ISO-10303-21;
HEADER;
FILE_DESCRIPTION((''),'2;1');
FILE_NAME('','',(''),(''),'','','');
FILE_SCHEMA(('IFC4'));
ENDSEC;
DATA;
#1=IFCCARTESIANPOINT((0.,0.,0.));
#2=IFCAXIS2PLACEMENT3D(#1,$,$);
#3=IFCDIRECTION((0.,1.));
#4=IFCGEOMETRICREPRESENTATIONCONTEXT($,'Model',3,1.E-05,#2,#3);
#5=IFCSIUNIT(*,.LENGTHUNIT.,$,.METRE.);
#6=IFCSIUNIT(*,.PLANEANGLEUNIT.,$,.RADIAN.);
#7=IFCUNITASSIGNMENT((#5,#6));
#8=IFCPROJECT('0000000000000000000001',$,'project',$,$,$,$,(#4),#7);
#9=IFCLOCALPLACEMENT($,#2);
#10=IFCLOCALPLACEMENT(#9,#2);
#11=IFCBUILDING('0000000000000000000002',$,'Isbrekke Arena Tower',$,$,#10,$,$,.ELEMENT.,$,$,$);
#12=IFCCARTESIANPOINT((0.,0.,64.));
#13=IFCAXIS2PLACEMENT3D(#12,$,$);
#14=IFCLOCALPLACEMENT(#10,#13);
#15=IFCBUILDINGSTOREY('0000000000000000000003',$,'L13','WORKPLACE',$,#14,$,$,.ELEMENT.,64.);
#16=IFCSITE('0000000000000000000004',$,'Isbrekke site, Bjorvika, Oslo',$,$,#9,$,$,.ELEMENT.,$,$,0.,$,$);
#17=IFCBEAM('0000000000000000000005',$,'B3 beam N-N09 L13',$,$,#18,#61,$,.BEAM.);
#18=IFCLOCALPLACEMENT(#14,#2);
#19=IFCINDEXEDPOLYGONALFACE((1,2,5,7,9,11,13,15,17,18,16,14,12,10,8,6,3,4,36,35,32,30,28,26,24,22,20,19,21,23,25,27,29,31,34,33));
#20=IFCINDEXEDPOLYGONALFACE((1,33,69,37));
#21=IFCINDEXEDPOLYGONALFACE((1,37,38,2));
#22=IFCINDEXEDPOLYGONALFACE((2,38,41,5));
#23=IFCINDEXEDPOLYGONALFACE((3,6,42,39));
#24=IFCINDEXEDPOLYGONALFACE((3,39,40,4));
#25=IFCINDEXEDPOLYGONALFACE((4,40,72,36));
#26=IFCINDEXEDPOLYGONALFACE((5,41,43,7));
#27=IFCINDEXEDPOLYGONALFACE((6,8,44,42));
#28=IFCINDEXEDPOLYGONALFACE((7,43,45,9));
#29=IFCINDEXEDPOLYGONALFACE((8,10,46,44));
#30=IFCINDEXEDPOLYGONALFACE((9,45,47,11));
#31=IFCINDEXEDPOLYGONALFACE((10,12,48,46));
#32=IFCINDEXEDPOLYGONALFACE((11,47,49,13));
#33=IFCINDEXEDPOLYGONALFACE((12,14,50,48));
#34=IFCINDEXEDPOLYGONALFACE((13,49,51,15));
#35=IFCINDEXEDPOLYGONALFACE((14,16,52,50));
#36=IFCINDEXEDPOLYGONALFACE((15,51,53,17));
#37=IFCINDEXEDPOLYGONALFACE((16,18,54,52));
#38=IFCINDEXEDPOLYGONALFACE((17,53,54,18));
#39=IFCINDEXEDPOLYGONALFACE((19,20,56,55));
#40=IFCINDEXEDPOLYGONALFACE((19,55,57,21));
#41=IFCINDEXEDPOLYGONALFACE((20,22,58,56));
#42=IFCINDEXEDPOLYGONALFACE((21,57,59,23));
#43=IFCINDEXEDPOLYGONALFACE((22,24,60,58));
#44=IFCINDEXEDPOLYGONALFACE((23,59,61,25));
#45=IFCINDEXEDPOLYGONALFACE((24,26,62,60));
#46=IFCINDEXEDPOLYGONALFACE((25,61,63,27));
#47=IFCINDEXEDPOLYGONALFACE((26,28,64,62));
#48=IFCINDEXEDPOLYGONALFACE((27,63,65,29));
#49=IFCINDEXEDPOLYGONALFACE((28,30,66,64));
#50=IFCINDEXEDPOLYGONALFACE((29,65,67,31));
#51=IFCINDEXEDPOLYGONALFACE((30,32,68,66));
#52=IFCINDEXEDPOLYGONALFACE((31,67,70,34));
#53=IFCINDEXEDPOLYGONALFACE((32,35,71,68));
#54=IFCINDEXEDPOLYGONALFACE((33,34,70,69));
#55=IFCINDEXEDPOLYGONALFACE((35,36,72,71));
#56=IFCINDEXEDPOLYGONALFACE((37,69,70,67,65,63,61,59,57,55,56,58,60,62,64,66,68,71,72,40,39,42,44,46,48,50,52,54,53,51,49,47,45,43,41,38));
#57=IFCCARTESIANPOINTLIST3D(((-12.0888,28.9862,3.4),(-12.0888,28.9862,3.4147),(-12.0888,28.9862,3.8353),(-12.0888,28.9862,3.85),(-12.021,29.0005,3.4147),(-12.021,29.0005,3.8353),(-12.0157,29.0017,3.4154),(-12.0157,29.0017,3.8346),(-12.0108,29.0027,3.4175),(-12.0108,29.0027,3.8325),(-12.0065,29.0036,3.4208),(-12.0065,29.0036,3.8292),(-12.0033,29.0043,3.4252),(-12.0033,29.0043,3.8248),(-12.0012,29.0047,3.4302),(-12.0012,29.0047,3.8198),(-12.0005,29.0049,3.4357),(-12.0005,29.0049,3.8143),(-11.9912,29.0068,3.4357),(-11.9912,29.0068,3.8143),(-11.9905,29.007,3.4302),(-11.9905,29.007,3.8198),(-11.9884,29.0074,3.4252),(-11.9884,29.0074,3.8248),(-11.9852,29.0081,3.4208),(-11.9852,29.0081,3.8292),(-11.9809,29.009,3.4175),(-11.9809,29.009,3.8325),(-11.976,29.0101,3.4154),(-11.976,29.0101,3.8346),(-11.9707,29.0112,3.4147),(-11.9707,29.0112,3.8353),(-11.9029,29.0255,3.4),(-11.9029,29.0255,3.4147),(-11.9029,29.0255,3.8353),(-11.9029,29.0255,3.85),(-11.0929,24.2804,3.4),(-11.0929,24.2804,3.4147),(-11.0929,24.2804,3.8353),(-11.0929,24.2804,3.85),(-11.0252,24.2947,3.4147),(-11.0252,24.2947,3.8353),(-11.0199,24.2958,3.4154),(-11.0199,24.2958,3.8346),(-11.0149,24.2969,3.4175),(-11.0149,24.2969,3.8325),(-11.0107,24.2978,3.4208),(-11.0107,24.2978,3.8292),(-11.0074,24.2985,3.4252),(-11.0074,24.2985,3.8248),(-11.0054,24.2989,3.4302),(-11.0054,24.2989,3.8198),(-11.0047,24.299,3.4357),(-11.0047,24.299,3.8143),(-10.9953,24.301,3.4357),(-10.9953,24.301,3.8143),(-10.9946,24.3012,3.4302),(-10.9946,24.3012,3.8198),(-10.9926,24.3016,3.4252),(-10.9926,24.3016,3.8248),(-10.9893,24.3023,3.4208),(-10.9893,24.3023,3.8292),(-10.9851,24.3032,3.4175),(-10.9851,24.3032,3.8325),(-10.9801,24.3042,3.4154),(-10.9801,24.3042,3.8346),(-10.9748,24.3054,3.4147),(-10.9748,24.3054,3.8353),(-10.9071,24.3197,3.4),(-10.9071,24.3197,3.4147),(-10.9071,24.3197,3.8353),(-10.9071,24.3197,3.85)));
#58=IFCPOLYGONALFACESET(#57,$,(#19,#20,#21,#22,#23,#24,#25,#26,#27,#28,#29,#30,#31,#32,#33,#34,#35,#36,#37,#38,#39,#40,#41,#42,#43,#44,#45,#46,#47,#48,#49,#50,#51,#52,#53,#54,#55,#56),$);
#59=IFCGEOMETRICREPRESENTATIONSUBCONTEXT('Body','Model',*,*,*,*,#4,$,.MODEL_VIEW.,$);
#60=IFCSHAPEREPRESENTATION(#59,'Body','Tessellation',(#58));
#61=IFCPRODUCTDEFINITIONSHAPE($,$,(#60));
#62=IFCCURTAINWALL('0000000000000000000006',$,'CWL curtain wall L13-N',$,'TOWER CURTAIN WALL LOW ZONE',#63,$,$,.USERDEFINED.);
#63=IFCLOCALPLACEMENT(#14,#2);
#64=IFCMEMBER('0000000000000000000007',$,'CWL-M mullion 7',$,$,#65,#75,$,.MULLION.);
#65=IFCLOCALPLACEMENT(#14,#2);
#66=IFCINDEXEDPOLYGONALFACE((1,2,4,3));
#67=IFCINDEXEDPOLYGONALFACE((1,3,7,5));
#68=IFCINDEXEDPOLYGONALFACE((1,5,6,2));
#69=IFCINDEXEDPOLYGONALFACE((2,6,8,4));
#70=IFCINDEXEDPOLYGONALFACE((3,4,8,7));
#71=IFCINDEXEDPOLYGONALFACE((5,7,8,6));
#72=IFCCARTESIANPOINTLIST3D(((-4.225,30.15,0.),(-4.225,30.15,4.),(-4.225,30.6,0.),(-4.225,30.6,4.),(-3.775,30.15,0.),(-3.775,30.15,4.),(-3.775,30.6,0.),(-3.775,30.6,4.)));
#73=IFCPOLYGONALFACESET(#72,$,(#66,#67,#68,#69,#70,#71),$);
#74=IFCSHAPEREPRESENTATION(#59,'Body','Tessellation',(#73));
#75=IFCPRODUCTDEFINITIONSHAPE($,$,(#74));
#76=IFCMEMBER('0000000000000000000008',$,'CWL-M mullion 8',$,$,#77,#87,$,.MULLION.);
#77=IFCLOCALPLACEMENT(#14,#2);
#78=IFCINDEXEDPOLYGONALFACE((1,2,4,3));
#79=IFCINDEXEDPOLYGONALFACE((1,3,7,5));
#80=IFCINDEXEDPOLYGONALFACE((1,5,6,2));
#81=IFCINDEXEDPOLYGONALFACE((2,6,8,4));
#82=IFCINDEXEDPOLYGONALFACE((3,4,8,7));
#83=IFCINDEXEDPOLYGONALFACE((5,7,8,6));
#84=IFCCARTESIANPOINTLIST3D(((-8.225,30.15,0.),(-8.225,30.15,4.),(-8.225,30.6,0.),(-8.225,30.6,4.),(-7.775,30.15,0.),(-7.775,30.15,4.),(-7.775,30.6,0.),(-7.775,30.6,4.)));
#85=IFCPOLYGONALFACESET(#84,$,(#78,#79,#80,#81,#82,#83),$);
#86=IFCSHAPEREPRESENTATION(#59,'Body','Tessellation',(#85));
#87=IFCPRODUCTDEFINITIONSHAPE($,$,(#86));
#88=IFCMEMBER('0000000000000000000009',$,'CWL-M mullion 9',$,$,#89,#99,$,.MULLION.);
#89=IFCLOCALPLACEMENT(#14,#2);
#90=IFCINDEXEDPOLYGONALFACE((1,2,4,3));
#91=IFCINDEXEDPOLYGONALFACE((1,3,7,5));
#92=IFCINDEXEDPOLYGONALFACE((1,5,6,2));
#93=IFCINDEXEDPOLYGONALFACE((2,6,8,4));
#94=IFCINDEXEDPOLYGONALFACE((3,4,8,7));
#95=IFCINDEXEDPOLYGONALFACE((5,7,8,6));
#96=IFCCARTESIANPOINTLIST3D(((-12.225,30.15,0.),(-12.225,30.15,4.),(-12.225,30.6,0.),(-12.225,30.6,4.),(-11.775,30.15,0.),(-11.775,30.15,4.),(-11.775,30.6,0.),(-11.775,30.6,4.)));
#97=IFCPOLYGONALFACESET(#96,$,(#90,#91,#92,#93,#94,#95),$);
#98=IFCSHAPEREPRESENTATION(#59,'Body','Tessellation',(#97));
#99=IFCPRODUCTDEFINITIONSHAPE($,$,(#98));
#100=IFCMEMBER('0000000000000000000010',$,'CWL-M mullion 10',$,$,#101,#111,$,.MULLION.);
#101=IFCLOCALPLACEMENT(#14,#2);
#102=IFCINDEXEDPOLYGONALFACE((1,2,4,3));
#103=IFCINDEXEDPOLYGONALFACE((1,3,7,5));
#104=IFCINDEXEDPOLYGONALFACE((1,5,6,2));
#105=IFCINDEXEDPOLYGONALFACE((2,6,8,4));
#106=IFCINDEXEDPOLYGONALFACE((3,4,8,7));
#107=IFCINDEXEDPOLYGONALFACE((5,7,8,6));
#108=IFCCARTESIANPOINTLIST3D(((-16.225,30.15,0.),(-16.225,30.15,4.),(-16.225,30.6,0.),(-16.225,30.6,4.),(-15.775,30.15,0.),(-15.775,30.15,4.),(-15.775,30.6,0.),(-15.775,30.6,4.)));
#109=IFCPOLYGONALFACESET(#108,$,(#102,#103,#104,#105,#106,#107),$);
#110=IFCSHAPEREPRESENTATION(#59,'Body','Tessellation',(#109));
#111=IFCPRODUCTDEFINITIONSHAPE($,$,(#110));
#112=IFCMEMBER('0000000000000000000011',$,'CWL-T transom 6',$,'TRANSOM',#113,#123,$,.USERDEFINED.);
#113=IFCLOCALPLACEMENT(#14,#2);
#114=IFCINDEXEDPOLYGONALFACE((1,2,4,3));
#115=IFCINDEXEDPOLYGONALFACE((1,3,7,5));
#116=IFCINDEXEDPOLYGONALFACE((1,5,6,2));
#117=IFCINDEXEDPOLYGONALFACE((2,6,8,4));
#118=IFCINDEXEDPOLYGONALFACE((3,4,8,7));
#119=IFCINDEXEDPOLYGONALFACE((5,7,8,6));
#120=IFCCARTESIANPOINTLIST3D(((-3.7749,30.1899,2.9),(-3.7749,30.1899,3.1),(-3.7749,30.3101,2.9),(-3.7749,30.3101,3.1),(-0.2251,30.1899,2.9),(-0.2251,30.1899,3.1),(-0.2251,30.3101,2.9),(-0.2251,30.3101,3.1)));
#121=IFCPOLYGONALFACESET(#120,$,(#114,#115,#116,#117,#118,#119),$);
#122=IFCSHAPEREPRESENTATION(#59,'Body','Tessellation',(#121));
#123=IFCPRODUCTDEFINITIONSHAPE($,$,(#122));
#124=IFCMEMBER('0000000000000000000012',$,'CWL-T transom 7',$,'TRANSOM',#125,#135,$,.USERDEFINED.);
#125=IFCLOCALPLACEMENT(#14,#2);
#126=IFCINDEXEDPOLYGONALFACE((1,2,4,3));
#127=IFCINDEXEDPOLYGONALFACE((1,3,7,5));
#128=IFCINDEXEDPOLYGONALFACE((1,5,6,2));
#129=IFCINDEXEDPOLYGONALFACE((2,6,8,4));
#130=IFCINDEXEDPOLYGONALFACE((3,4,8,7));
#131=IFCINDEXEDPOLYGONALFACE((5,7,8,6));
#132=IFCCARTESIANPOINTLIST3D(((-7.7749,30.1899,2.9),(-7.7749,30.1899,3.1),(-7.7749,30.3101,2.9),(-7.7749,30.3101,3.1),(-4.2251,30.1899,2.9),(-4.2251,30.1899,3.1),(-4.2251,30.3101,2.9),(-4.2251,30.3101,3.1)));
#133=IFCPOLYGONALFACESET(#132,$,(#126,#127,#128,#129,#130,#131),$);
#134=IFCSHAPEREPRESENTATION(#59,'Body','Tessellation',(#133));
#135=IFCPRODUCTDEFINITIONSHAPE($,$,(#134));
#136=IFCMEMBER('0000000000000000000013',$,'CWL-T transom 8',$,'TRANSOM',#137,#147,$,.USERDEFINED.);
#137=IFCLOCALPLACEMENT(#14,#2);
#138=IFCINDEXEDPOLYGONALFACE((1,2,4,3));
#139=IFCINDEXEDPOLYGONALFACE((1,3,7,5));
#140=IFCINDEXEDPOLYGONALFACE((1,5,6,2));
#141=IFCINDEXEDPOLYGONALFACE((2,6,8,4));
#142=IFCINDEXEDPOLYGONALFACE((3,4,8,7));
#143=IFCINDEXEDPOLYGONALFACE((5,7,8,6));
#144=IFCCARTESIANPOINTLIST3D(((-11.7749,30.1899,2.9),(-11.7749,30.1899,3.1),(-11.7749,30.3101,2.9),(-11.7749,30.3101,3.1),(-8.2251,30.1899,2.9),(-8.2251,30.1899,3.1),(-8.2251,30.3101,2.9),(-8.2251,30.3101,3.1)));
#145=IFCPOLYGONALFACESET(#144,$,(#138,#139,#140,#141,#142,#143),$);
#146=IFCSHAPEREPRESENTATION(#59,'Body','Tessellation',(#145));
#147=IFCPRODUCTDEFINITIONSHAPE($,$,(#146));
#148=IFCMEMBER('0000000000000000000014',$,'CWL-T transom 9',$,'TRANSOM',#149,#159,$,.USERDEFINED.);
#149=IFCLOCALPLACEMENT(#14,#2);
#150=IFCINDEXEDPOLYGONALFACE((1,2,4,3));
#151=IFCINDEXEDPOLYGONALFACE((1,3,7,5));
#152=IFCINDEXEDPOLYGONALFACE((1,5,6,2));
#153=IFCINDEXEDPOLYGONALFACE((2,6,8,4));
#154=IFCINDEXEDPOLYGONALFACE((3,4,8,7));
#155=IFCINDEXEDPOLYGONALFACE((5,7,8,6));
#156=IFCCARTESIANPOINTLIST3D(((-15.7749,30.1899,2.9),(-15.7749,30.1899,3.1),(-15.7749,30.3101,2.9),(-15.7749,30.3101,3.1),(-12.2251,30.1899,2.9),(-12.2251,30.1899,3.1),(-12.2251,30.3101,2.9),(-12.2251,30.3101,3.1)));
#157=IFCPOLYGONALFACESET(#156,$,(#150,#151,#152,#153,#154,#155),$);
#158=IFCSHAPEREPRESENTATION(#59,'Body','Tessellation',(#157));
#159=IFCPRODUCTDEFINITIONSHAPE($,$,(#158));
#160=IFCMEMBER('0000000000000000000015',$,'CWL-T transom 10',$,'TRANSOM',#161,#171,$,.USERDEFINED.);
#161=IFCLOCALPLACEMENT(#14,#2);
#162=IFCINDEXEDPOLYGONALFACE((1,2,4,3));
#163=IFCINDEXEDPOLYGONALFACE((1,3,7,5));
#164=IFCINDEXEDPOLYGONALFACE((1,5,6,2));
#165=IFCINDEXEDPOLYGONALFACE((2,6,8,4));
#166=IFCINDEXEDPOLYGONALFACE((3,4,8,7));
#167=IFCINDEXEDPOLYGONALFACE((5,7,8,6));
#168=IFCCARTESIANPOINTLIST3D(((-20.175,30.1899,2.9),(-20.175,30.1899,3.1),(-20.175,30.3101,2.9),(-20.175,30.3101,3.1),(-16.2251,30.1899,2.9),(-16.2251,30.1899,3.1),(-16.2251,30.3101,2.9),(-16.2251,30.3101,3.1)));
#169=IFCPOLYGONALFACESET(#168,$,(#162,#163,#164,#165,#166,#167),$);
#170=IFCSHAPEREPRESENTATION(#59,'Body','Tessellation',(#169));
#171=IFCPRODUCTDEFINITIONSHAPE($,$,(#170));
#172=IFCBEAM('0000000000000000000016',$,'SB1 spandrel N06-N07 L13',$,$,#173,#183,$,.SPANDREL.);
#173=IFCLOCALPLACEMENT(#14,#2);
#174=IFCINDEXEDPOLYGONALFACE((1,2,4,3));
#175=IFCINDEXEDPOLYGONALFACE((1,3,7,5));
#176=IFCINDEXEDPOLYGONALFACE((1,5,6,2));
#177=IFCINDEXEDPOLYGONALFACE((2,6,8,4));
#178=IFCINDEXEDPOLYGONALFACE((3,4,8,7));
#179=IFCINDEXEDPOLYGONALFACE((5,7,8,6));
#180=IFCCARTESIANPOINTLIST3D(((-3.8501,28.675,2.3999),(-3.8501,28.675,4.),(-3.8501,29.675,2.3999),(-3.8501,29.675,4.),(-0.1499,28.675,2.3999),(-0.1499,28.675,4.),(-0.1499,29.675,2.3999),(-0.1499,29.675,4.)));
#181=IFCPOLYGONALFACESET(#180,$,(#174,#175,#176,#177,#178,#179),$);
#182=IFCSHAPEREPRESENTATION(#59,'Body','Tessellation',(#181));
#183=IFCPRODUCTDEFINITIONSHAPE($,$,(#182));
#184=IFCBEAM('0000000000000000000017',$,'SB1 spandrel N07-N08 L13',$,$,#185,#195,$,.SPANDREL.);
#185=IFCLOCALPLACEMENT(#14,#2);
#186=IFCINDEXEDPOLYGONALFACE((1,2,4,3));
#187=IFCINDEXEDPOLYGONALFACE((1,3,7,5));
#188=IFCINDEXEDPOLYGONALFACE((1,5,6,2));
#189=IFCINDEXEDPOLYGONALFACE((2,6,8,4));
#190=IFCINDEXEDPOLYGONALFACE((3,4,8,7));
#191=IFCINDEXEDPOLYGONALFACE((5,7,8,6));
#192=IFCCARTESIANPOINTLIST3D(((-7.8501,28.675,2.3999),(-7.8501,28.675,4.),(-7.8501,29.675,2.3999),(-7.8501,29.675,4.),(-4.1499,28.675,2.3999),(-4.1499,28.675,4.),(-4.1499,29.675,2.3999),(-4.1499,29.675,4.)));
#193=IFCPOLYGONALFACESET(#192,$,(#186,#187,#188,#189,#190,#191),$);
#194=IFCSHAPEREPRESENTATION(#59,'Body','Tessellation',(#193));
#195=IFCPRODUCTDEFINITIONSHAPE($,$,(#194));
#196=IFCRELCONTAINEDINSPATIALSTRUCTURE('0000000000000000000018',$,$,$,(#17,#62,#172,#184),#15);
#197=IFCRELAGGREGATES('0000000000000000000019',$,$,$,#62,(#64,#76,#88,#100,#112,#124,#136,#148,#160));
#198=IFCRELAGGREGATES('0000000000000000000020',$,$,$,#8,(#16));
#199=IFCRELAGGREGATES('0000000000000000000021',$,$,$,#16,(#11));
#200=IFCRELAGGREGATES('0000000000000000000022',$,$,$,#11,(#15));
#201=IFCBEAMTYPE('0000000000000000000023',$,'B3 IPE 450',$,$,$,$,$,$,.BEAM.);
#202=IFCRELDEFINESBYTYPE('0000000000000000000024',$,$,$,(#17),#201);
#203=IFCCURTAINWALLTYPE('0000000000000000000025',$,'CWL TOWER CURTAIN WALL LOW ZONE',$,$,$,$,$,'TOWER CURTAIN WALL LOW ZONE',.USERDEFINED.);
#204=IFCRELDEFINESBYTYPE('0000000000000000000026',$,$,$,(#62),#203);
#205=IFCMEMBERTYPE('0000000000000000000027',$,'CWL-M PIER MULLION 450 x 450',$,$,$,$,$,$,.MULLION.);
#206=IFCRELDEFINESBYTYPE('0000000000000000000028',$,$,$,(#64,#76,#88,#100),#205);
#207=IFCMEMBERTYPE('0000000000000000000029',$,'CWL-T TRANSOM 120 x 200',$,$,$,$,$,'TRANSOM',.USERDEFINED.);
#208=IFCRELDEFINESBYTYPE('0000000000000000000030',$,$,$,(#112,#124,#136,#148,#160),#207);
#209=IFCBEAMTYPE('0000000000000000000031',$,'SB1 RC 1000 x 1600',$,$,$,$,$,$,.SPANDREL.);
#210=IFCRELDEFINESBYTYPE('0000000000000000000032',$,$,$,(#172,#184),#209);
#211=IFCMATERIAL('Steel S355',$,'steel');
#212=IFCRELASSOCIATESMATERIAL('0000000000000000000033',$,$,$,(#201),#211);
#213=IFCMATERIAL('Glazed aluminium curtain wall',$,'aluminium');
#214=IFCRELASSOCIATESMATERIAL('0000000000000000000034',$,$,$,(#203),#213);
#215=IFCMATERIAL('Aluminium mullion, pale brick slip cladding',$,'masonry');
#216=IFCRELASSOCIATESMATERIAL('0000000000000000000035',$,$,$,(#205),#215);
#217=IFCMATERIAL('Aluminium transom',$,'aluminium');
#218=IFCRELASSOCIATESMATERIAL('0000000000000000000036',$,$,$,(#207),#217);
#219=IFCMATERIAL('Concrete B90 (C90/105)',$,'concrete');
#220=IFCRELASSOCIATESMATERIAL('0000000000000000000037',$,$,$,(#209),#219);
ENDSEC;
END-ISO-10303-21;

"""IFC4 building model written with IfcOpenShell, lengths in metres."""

from ifc_helpers import new_model, si_unit, direction, frame, origin, origin_2d, place, context, subcontext, project, spatial, rectangle, i_section, extrude, material, material_profile, profile_set, type_object, element, aggregate, save


model = new_model("IFC4")

# Units and contexts
model_context = context("Model", 3, precision=1e-05, world=origin(), true_north=direction((0.0, 1.0)))
body_context = subcontext(model_context, "Body", "Model", "MODEL_VIEW")
ifc_project = project(units=[si_unit("LENGTHUNIT", "METRE"), si_unit("PLANEANGLEUNIT", "RADIAN")], contexts=[model_context])

# Site, building, storey
site_placement = place(None, origin())
site = spatial("IfcSite", under=ifc_project, at=site_placement, Name="Isbrekke site, Bjorvika, Oslo", CompositionType="ELEMENT", RefElevation=0.0)
building_placement = place(site_placement, origin())
building = spatial("IfcBuilding", under=site, at=building_placement, Name="Isbrekke Arena Tower", CompositionType="ELEMENT")
storey_placement = place(building_placement, frame((0.0, 0.0, 64.0)))
storey = spatial("IfcBuildingStorey", under=building, at=storey_placement, Name="L13", Description="WORKPLACE", CompositionType="ELEMENT", Elevation=64.0)

# Beam
ifc_material_1 = material(Name="Steel S355", Category="steel")
ifc_material_profile_1 = material_profile(ifc_material_1, i_section(OverallWidth=0.1899, OverallDepth=0.45, WebThickness=0.0095, FlangeThickness=0.0146, FilletRadius=0.021, at=origin_2d()), Name="IPE 450")
ifc_profile_set_1 = profile_set([ifc_material_profile_1], Name="Steel S355")
beam_type_1 = type_object("IfcBeamType", Name="B3 IPE 450", PredefinedType="BEAM", material=ifc_profile_set_1)
beam_1_placement = place(storey_placement, frame((-11.9958, 29.0059, 3.625), z_axis=(0.207036, -0.978333, 0.0), x_axis=(0.978333, 0.207036, 0.0)))
element("IfcBeam", 1, at=beam_1_placement, inside=storey, type_object=beam_type_1, Name="B3 beam N-N09 L13", PredefinedType="BEAM", context=body_context, shape_type="SweptSolid", body=[
    extrude(i_section(OverallWidth=0.1899, OverallDepth=0.45, WebThickness=0.0095, FlangeThickness=0.0146, FilletRadius=0.021, at=origin_2d()), origin(), (0.0, 0.0, 1.0), 4.8101),
])

# Curtain wall, members
ifc_material_2 = material(Name="Glazed aluminium curtain wall", Category="aluminium")
curtain_wall_type = type_object("IfcCurtainWallType", Name="CWL TOWER CURTAIN WALL LOW ZONE", ElementType="TOWER CURTAIN WALL LOW ZONE", PredefinedType="USERDEFINED", material=ifc_material_2)
curtain_wall_placement = place(storey_placement, origin())
curtain_wall = element("IfcCurtainWall", 2, at=curtain_wall_placement, inside=storey, type_object=curtain_wall_type, Name="CWL curtain wall L13-N", ObjectType="TOWER CURTAIN WALL LOW ZONE", PredefinedType="USERDEFINED")
ifc_material_3 = material(Name="Aluminium mullion, pale brick slip cladding", Category="masonry")
ifc_material_profile_2 = material_profile(ifc_material_3, rectangle(XDim=0.45, YDim=0.45, at=origin_2d()), Name="PIER 450X450")
ifc_profile_set_2 = profile_set([ifc_material_profile_2], Name="Aluminium mullion, pale brick slip cladding")
member_type_1 = type_object("IfcMemberType", Name="CWL-M PIER MULLION 450 x 450", PredefinedType="MULLION", material=ifc_profile_set_2)
member_1_placement = place(storey_placement, frame((-4.0, 30.375, 0.0), z_axis=(0.0, 0.0, 1.0), x_axis=(-1.0, 0.0, 0.0)))
member_1 = element("IfcMember", 3, at=member_1_placement, type_object=member_type_1, Name="CWL-M mullion 7", PredefinedType="MULLION", context=body_context, shape_type="SweptSolid", body=[
    extrude(rectangle(XDim=0.45, YDim=0.45, at=origin_2d()), origin(), (0.0, 0.0, 1.0), 4.0),
])
member_2_placement = place(storey_placement, frame((-8.0, 30.375, 0.0), z_axis=(0.0, 0.0, 1.0), x_axis=(-1.0, 0.0, 0.0)))
member_2 = element("IfcMember", 4, at=member_2_placement, type_object=member_type_1, Name="CWL-M mullion 8", PredefinedType="MULLION", context=body_context, shape_type="SweptSolid", body=[
    extrude(rectangle(XDim=0.45, YDim=0.45, at=origin_2d()), origin(), (0.0, 0.0, 1.0), 4.0),
])
member_3_placement = place(storey_placement, frame((-12.0, 30.375, 0.0), z_axis=(0.0, 0.0, 1.0), x_axis=(-1.0, 0.0, 0.0)))
member_3 = element("IfcMember", 5, at=member_3_placement, type_object=member_type_1, Name="CWL-M mullion 9", PredefinedType="MULLION", context=body_context, shape_type="SweptSolid", body=[
    extrude(rectangle(XDim=0.45, YDim=0.45, at=origin_2d()), origin(), (0.0, 0.0, 1.0), 4.0),
])
member_4_placement = place(storey_placement, frame((-16.0, 30.375, 0.0), z_axis=(0.0, 0.0, 1.0), x_axis=(-1.0, 0.0, 0.0)))
member_4 = element("IfcMember", 6, at=member_4_placement, type_object=member_type_1, Name="CWL-M mullion 10", PredefinedType="MULLION", context=body_context, shape_type="SweptSolid", body=[
    extrude(rectangle(XDim=0.45, YDim=0.45, at=origin_2d()), origin(), (0.0, 0.0, 1.0), 4.0),
])
ifc_material_4 = material(Name="Aluminium transom", Category="aluminium")
ifc_material_profile_3 = material_profile(ifc_material_4, rectangle(XDim=0.1201, YDim=0.2, at=origin_2d()), Name="TRANSOM 120X200")
ifc_profile_set_3 = profile_set([ifc_material_profile_3], Name="Aluminium transom")
member_type_2 = type_object("IfcMemberType", Name="CWL-T TRANSOM 120 x 200", ElementType="TRANSOM", PredefinedType="USERDEFINED", material=ifc_profile_set_3)
member_5_placement = place(storey_placement, frame((-0.2251, 30.25, 3.0), z_axis=(-1.0, 0.0, 0.0), x_axis=(0.0, -1.0, 0.0)))
member_5 = element("IfcMember", 7, at=member_5_placement, type_object=member_type_2, Name="CWL-T transom 6", ObjectType="TRANSOM", PredefinedType="USERDEFINED", context=body_context, shape_type="SweptSolid", body=[
    extrude(rectangle(XDim=0.1201, YDim=0.2, at=origin_2d()), origin(), (0.0, 0.0, 1.0), 3.5498),
])
member_6_placement = place(storey_placement, frame((-4.2251, 30.25, 3.0), z_axis=(-1.0, 0.0, 0.0), x_axis=(0.0, -1.0, 0.0)))
member_6 = element("IfcMember", 8, at=member_6_placement, type_object=member_type_2, Name="CWL-T transom 7", ObjectType="TRANSOM", PredefinedType="USERDEFINED", context=body_context, shape_type="SweptSolid", body=[
    extrude(rectangle(XDim=0.1201, YDim=0.2, at=origin_2d()), origin(), (0.0, 0.0, 1.0), 3.5498),
])
member_7_placement = place(storey_placement, frame((-8.2251, 30.25, 3.0), z_axis=(-1.0, 0.0, 0.0), x_axis=(0.0, -1.0, 0.0)))
member_7 = element("IfcMember", 9, at=member_7_placement, type_object=member_type_2, Name="CWL-T transom 8", ObjectType="TRANSOM", PredefinedType="USERDEFINED", context=body_context, shape_type="SweptSolid", body=[
    extrude(rectangle(XDim=0.1201, YDim=0.2, at=origin_2d()), origin(), (0.0, 0.0, 1.0), 3.5498),
])
member_8_placement = place(storey_placement, frame((-12.2251, 30.25, 3.0), z_axis=(-1.0, 0.0, 0.0), x_axis=(0.0, -1.0, 0.0)))
member_8 = element("IfcMember", 10, at=member_8_placement, type_object=member_type_2, Name="CWL-T transom 9", ObjectType="TRANSOM", PredefinedType="USERDEFINED", context=body_context, shape_type="SweptSolid", body=[
    extrude(rectangle(XDim=0.1201, YDim=0.2, at=origin_2d()), origin(), (0.0, 0.0, 1.0), 3.5498),
])
member_9_placement = place(storey_placement, frame((-16.2251, 30.25, 3.0), z_axis=(-1.0, 0.0, 0.0), x_axis=(0.0, -1.0, 0.0)))
member_9 = element("IfcMember", 11, at=member_9_placement, type_object=member_type_2, Name="CWL-T transom 10", ObjectType="TRANSOM", PredefinedType="USERDEFINED", context=body_context, shape_type="SweptSolid", body=[
    extrude(rectangle(XDim=0.1201, YDim=0.2, at=origin_2d()), origin(), (0.0, 0.0, 1.0), 3.95),
])

# Beams
ifc_material_5 = material(Name="Concrete B90 (C90/105)", Category="concrete")
ifc_material_profile_4 = material_profile(ifc_material_5, rectangle(XDim=1.0, YDim=1.6001, at=origin_2d()), Name="RC 1000x1600")
ifc_profile_set_4 = profile_set([ifc_material_profile_4], Name="Concrete B90 (C90/105)")
beam_type_2 = type_object("IfcBeamType", Name="SB1 RC 1000 x 1600", PredefinedType="SPANDREL", material=ifc_profile_set_4)
for number, where, z_axis, x_axis, name in (
    (12, (-0.1499, 29.175, 3.2), (-1.0, 0.0, 0.0), (0.0, -1.0, 0.0), "SB1 spandrel N06-N07 L13"),
    (13, (-4.1499, 29.175, 3.2), (-1.0, 0.0, 0.0), (0.0, -1.0, 0.0), "SB1 spandrel N07-N08 L13"),
):
    element("IfcBeam", number, at=place(storey_placement, frame(where, z_axis=z_axis, x_axis=x_axis)), inside=storey, type_object=beam_type_2, Name=name, PredefinedType="SPANDREL", context=body_context, shape_type="SweptSolid", body=[
        extrude(rectangle(XDim=1.0, YDim=1.6001, at=origin_2d()), origin(), (0.0, 0.0, 1.0), 3.7002),
    ])

aggregate(curtain_wall, [member_1, member_2, member_3, member_4, member_5, member_6, member_7, member_8, member_9])

save(model, "model.ifc")
